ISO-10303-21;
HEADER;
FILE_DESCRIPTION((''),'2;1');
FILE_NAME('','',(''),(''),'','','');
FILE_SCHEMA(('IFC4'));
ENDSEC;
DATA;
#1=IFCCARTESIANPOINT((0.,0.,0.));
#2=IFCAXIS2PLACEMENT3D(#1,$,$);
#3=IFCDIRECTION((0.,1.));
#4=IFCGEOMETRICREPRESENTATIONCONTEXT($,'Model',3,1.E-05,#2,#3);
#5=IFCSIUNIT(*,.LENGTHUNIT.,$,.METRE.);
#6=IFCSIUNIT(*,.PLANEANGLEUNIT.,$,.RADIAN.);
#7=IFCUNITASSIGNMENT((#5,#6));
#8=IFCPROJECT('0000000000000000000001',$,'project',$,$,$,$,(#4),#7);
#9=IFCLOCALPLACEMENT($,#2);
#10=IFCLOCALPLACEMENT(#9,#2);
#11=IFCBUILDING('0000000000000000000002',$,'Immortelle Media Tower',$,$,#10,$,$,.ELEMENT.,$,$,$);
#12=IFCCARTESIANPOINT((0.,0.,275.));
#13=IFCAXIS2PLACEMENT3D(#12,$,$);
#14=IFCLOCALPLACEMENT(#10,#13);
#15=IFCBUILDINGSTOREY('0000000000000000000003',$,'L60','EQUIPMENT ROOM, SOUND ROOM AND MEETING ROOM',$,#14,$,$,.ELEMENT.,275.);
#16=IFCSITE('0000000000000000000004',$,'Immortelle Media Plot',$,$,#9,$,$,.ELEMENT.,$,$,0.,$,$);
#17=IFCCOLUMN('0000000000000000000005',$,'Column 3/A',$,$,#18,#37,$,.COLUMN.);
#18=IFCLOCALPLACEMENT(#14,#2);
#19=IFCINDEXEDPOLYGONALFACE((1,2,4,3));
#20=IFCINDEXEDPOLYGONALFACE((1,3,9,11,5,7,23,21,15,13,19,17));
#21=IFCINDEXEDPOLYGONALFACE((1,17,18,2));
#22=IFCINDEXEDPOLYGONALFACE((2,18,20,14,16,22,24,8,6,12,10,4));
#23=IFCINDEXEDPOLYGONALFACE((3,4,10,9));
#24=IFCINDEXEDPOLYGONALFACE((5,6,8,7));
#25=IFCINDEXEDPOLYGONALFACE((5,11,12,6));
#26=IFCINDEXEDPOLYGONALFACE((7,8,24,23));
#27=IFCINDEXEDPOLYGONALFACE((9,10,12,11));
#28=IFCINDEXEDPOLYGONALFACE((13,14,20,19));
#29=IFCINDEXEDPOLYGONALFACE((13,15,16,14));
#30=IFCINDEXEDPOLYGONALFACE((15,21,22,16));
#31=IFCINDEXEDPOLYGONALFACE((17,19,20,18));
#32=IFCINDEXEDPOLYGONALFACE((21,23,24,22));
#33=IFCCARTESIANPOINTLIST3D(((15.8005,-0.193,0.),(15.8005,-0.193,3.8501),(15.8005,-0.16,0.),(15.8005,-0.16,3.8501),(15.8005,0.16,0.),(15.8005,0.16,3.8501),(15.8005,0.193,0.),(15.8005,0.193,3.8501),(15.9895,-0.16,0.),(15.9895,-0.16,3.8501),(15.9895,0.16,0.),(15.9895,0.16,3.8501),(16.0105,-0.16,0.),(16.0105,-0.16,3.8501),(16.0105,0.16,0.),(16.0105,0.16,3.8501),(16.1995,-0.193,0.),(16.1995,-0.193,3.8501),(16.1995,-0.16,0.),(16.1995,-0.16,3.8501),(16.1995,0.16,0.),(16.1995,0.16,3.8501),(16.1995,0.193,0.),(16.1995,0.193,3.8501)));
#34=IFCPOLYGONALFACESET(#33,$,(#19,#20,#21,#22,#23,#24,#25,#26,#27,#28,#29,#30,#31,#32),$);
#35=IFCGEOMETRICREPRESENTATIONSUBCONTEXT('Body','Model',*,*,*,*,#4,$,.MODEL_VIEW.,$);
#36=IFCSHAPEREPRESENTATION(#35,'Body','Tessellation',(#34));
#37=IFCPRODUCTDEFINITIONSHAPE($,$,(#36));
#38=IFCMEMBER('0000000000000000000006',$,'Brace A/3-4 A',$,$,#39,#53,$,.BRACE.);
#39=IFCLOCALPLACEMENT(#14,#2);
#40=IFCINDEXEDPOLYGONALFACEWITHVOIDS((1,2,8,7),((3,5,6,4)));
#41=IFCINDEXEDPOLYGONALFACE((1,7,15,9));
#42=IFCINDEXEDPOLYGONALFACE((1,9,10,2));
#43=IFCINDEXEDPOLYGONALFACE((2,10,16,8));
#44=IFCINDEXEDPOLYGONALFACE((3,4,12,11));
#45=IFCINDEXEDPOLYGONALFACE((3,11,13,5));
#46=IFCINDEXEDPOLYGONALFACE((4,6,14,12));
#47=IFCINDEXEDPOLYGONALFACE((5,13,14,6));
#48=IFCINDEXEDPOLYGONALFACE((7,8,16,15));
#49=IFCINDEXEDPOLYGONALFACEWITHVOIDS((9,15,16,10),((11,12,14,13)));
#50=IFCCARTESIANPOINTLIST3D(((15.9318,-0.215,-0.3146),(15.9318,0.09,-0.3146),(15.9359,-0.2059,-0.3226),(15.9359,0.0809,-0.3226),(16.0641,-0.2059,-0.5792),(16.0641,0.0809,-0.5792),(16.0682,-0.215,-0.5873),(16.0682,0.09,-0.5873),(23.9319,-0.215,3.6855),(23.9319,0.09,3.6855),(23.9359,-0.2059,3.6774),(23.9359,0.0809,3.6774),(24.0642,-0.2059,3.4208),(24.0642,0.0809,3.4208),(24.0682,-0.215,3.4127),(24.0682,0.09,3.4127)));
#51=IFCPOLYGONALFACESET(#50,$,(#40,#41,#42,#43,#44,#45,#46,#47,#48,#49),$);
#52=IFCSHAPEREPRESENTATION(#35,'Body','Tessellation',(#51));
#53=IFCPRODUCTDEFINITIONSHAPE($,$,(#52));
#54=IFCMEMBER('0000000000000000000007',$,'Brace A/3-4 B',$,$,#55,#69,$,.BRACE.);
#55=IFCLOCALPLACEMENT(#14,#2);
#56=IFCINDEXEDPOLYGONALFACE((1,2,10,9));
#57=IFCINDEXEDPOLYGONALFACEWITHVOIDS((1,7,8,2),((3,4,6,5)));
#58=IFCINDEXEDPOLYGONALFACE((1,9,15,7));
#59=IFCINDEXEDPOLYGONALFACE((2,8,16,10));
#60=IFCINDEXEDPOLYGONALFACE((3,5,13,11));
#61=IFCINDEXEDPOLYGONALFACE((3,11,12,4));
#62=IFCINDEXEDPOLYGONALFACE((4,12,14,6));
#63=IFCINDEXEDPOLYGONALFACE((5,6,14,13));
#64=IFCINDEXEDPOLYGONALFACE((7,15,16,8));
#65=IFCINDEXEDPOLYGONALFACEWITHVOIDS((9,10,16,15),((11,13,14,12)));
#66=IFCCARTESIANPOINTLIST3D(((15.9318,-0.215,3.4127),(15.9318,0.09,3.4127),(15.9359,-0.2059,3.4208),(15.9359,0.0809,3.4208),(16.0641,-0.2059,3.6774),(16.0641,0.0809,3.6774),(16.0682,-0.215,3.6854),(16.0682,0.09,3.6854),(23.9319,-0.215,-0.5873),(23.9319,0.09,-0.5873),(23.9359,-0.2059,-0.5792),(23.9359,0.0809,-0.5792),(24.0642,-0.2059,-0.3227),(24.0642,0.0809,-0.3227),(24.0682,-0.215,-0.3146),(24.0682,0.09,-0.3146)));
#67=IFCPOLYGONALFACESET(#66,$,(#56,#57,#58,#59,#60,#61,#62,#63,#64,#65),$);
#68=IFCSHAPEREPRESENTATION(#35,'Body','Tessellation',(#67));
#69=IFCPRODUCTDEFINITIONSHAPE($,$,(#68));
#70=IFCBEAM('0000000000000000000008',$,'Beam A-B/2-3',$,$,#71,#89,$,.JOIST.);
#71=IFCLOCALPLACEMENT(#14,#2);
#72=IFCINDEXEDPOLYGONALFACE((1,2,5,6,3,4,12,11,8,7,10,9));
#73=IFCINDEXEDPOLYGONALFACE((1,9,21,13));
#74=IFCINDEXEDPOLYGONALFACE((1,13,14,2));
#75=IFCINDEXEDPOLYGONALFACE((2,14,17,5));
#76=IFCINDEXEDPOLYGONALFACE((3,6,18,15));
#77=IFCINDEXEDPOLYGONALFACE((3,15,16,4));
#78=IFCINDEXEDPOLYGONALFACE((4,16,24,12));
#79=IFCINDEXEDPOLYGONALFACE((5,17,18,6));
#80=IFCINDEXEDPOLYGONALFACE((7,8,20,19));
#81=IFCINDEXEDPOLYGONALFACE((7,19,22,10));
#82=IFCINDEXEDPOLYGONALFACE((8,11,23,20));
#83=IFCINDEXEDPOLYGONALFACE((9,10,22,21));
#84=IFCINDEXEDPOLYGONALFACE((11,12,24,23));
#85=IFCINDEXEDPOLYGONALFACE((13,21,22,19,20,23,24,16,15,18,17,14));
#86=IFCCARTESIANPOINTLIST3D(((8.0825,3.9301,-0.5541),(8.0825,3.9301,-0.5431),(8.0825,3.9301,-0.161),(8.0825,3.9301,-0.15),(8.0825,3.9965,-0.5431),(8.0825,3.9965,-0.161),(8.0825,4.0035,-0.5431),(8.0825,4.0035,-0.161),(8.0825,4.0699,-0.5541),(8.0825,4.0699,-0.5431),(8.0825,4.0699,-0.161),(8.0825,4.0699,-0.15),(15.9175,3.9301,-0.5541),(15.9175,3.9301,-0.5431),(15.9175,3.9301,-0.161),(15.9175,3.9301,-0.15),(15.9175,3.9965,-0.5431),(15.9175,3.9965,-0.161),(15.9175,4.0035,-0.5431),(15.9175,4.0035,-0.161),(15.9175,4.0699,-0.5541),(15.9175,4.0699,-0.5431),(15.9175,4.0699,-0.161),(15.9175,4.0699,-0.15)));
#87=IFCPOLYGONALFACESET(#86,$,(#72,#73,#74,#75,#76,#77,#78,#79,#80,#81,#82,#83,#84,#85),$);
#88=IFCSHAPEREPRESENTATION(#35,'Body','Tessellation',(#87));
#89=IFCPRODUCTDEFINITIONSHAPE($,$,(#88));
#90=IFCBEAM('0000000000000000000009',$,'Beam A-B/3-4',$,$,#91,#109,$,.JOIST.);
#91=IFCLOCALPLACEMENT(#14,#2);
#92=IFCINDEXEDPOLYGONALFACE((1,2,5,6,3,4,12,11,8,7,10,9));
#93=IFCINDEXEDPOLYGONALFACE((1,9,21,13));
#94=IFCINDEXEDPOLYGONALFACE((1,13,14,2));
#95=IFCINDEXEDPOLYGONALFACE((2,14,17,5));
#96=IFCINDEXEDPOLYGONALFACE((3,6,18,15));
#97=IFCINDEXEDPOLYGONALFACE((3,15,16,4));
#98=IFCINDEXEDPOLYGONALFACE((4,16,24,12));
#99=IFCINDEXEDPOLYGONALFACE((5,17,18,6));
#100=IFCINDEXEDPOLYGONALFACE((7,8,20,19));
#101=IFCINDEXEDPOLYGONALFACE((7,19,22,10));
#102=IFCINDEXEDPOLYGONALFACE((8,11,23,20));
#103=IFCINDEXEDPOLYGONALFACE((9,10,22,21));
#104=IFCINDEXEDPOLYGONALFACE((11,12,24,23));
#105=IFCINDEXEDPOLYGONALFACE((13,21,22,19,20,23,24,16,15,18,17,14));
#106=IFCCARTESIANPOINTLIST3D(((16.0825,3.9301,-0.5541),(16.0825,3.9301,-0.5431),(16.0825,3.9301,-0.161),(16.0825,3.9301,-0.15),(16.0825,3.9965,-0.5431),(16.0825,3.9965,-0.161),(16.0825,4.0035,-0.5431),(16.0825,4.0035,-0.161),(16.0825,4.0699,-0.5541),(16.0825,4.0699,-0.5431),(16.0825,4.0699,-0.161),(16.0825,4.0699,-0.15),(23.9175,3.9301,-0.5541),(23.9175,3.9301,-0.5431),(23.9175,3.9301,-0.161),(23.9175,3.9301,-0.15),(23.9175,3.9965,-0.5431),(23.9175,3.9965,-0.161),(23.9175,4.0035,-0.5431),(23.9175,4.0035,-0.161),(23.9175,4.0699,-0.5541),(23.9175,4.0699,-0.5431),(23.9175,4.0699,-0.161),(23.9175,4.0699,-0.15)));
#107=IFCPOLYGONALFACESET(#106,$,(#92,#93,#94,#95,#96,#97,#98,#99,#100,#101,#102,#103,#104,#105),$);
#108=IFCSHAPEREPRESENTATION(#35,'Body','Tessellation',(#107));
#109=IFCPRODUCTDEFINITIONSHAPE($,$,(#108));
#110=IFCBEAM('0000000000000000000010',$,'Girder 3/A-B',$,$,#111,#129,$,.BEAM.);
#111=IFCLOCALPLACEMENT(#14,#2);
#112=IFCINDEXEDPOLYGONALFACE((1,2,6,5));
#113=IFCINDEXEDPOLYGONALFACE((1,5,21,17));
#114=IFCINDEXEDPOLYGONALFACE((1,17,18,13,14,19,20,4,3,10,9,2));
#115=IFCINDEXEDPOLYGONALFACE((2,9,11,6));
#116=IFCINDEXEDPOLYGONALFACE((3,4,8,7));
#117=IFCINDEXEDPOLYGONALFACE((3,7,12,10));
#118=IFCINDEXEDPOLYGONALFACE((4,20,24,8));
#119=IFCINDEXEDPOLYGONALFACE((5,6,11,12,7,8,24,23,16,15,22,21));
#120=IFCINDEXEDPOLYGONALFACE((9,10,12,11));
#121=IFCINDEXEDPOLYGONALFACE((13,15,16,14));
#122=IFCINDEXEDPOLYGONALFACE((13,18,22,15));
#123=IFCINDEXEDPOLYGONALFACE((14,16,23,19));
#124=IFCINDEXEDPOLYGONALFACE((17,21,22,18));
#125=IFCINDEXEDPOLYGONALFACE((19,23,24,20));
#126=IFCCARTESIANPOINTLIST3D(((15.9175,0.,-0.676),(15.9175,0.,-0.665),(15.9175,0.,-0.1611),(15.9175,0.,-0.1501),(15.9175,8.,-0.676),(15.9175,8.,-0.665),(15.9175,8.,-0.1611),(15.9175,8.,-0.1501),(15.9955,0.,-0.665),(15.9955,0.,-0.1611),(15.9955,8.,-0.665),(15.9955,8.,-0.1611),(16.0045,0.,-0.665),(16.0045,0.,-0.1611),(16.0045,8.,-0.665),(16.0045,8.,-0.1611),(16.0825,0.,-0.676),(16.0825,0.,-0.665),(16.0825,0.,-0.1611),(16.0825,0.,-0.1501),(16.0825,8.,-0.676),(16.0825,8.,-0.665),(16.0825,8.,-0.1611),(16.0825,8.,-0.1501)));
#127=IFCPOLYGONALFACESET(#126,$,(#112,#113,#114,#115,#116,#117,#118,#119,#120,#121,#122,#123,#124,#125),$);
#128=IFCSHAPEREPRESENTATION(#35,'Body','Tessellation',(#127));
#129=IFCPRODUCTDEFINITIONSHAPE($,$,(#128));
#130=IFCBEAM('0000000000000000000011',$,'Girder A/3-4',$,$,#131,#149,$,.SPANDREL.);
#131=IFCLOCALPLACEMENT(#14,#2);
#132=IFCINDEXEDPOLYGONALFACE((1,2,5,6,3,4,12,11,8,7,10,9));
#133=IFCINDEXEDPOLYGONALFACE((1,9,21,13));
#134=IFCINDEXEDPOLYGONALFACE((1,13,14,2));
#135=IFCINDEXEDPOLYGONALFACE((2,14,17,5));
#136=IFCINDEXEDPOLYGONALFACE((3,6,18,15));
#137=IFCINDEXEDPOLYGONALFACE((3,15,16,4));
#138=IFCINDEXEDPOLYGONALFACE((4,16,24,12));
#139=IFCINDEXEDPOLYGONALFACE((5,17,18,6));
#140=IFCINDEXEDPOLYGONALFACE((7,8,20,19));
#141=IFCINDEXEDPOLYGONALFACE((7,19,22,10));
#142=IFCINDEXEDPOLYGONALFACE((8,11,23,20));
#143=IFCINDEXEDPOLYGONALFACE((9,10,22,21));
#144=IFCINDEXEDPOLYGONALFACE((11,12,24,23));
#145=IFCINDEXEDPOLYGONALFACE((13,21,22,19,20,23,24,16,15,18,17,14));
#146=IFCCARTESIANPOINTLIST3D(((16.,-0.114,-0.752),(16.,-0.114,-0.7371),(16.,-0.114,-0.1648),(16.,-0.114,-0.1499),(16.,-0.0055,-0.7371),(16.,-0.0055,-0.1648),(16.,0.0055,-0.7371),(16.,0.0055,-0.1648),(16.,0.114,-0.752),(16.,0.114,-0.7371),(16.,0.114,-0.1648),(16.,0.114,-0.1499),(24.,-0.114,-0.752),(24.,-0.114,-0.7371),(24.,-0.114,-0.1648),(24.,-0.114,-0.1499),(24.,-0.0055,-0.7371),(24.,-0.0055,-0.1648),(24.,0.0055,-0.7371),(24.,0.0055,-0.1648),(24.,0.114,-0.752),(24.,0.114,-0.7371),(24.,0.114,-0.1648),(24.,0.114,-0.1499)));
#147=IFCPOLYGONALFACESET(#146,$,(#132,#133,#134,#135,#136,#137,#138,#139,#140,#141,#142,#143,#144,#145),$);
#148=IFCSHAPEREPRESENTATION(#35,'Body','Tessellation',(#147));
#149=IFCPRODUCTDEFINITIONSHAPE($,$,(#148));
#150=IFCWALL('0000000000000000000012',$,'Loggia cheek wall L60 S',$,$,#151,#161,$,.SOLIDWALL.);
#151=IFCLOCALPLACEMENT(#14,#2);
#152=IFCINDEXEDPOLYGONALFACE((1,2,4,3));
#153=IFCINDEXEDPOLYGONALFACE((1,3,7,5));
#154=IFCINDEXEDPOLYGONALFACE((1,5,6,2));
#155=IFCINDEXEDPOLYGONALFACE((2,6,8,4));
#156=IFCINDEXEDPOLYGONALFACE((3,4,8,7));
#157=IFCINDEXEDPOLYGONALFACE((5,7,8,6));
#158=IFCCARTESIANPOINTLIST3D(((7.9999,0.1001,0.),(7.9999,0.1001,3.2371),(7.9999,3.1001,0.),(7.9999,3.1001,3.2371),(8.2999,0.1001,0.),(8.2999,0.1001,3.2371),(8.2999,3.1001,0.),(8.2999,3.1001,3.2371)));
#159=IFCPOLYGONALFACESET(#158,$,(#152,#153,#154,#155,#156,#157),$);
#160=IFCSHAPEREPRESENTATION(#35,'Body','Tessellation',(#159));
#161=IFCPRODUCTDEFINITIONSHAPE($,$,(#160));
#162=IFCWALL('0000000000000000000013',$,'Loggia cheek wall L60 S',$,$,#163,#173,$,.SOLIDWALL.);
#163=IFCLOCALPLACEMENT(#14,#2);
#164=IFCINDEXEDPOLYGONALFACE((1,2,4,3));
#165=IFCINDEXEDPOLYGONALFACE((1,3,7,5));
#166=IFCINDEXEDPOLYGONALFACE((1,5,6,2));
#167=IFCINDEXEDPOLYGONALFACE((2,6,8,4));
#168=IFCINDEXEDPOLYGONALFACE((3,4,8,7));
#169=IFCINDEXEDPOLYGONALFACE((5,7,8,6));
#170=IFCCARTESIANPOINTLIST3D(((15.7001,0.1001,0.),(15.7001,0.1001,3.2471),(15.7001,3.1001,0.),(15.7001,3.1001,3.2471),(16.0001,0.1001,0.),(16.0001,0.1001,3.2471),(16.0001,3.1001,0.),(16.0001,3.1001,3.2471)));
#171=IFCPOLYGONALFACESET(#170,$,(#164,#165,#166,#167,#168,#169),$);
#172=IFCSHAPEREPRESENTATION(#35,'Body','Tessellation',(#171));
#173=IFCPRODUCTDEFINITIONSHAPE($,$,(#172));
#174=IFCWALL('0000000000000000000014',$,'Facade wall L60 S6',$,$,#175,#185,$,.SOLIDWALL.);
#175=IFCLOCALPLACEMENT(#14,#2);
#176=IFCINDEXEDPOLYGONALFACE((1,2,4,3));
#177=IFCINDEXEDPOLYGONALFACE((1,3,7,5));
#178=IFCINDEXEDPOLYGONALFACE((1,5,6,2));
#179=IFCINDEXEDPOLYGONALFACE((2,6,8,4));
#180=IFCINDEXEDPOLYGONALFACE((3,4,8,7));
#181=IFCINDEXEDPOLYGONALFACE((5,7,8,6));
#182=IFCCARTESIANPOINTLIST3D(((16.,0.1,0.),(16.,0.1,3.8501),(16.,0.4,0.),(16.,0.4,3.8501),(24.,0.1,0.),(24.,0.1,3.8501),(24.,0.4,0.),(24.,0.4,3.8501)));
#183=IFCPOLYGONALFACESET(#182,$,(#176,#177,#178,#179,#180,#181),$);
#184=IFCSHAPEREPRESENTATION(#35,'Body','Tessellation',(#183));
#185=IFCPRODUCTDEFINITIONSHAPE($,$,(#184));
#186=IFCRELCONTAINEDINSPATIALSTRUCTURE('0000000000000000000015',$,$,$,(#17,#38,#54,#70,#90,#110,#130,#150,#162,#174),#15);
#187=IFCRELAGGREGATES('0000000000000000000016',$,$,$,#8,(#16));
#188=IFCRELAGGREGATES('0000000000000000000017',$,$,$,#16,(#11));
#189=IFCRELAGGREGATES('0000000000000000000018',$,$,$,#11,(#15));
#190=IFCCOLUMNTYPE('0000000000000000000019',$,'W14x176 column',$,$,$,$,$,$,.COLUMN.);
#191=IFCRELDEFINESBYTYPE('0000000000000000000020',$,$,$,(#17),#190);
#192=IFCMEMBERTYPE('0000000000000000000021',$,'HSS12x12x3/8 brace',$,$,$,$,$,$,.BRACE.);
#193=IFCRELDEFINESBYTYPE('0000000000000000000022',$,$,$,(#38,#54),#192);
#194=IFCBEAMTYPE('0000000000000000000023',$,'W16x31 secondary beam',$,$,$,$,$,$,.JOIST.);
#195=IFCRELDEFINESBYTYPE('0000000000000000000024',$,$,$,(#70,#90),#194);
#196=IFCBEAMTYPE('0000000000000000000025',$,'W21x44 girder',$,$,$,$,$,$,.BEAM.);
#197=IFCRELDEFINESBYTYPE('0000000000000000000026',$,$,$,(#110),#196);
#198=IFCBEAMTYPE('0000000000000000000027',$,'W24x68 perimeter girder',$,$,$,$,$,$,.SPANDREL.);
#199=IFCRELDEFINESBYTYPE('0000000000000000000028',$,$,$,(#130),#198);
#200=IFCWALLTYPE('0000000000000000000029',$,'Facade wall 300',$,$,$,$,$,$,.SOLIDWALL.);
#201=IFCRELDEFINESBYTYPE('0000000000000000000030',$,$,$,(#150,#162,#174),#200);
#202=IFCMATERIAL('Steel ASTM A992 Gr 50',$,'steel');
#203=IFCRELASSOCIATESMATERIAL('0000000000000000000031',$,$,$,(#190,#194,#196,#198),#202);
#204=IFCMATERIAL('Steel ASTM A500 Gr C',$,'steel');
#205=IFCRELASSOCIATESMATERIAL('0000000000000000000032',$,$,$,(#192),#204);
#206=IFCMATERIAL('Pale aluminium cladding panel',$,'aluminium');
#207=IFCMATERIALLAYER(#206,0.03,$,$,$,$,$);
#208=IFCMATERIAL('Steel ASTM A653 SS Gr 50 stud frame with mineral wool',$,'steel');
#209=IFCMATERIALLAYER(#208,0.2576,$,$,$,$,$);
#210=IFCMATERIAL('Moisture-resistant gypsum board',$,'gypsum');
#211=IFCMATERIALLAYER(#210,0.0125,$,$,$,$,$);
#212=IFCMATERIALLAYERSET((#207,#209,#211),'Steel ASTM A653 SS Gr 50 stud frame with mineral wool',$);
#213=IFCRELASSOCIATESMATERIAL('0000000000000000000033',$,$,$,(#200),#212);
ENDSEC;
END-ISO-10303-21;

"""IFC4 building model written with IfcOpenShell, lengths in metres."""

from ifc_helpers import new_model, si_unit, direction, frame, frame_2d, origin, origin_2d, place, context, subcontext, project, spatial, rectangle, hollow_rectangle, i_section, extrude, material, layer, layer_set, material_profile, profile_set, type_object, element, save


model = new_model("IFC4")

# Units and contexts
model_context = context("Model", 3, precision=1e-05, world=origin(), true_north=direction((0.0, 1.0)))
body_context = subcontext(model_context, "Body", "Model", "MODEL_VIEW")
ifc_project = project(units=[si_unit("LENGTHUNIT", "METRE"), si_unit("PLANEANGLEUNIT", "RADIAN")], contexts=[model_context])

# Site, building, storey
site_placement = place(None, origin())
site = spatial("IfcSite", under=ifc_project, at=site_placement, Name="Immortelle Media Plot", CompositionType="ELEMENT", RefElevation=0.0)
building_placement = place(site_placement, origin())
building = spatial("IfcBuilding", under=site, at=building_placement, Name="Immortelle Media Tower", CompositionType="ELEMENT")
storey_placement = place(building_placement, frame((0.0, 0.0, 275.0)))
storey = spatial("IfcBuildingStorey", under=building, at=storey_placement, Name="L60", Description="EQUIPMENT ROOM, SOUND ROOM AND MEETING ROOM", CompositionType="ELEMENT", Elevation=275.0)

# Column
ifc_material_1 = material(Name="Steel ASTM A992 Gr 50", Category="steel")
ifc_material_profile_1 = material_profile(ifc_material_1, i_section(OverallWidth=0.3989, OverallDepth=0.386, WebThickness=0.021, FlangeThickness=0.033, at=origin_2d()), Name="W14x176")
ifc_profile_set_1 = profile_set([ifc_material_profile_1], Name="Steel ASTM A992 Gr 50")
column_type = type_object("IfcColumnType", Name="W14x176 column", PredefinedType="COLUMN", material=ifc_profile_set_1)
column_placement = place(storey_placement, frame((16.0, 0.0, 0.0), z_axis=(0.0, 0.0, 1.0), x_axis=(1.0, 0.0, 0.0)))
element("IfcColumn", 1, at=column_placement, inside=storey, type_object=column_type, Name="Column 3/A", PredefinedType="COLUMN", context=body_context, shape_type="SweptSolid", body=[
    extrude(i_section(OverallWidth=0.3989, OverallDepth=0.386, WebThickness=0.021, FlangeThickness=0.033, at=origin_2d()), origin(), (0.0, 0.0, 1.0), 3.8501),
])

# Members
ifc_material_2 = material(Name="Steel ASTM A500 Gr C", Category="steel")
ifc_material_profile_2 = material_profile(ifc_material_2, hollow_rectangle(XDim=0.3049, YDim=0.3049, WallThickness=0.009, at=origin_2d()), Name="HSS12x12x3/8 brace")
ifc_profile_set_2 = profile_set([ifc_material_profile_2], Name="Steel ASTM A500 Gr C")
member_type = type_object("IfcMemberType", Name="HSS12x12x3/8 brace", PredefinedType="BRACE", material=ifc_profile_set_2)
for number, where, z_axis, x_axis, name in (
    (2, (16.0, -0.0625, -0.4509), (0.894427, 0.0, 0.447214), (0.0, 1.0, 0.0), "Brace A/3-4 A"),
    (3, (16.0, -0.0625, 3.5491), (0.894427, 0.0, -0.447214), (0.0, 1.0, 0.0), "Brace A/3-4 B"),
):
    element("IfcMember", number, at=place(storey_placement, frame(where, z_axis=z_axis, x_axis=x_axis)), inside=storey, type_object=member_type, Name=name, PredefinedType="BRACE", context=body_context, shape_type="SweptSolid", body=[
        extrude(hollow_rectangle(XDim=0.3049, YDim=0.3049, WallThickness=0.009, at=origin_2d()), origin(), (0.0, 0.0, 1.0), 8.9443),
    ])

# Beams
ifc_material_profile_3 = material_profile(ifc_material_1, i_section(OverallWidth=0.1399, OverallDepth=0.4041, WebThickness=0.0071, FlangeThickness=0.011, at=origin_2d()), Name="W16x31")
ifc_profile_set_3 = profile_set([ifc_material_profile_3], Name="Steel ASTM A992 Gr 50")
beam_type_1 = type_object("IfcBeamType", Name="W16x31 secondary beam", PredefinedType="JOIST", material=ifc_profile_set_3)
for number, where, z_axis, x_axis, name in (
    (4, (8.0825, 4.0, -0.3521), (1.0, 0.0, 0.0), (0.0, 1.0, 0.0), "Beam A-B/2-3"),
    (5, (16.0825, 4.0, -0.3521), (1.0, 0.0, 0.0), (0.0, 1.0, 0.0), "Beam A-B/3-4"),
):
    element("IfcBeam", number, at=place(storey_placement, frame(where, z_axis=z_axis, x_axis=x_axis)), inside=storey, type_object=beam_type_1, Name=name, PredefinedType="JOIST", context=body_context, shape_type="SweptSolid", body=[
        extrude(i_section(OverallWidth=0.1399, OverallDepth=0.4041, WebThickness=0.0071, FlangeThickness=0.011, at=origin_2d()), origin(), (0.0, 0.0, 1.0), 7.835),
    ])
ifc_material_profile_4 = material_profile(ifc_material_1, i_section(OverallWidth=0.165, OverallDepth=0.5259, WebThickness=0.009, FlangeThickness=0.011, at=origin_2d()), Name="W21x44")
ifc_profile_set_4 = profile_set([ifc_material_profile_4], Name="Steel ASTM A992 Gr 50")
beam_type_2 = type_object("IfcBeamType", Name="W21x44 girder", PredefinedType="BEAM", material=ifc_profile_set_4)
beam_1_placement = place(storey_placement, frame((16.0, 0.0, -0.4131), z_axis=(0.0, 1.0, 0.0), x_axis=(-1.0, 0.0, 0.0)))
element("IfcBeam", 6, at=beam_1_placement, inside=storey, type_object=beam_type_2, Name="Girder 3/A-B", PredefinedType="BEAM", context=body_context, shape_type="SweptSolid", body=[
    extrude(i_section(OverallWidth=0.165, OverallDepth=0.5259, WebThickness=0.009, FlangeThickness=0.011, at=origin_2d()), origin(), (0.0, 0.0, 1.0), 8.0),
])
ifc_material_profile_5 = material_profile(ifc_material_1, i_section(OverallWidth=0.228, OverallDepth=0.6021, WebThickness=0.011, FlangeThickness=0.0149, at=origin_2d()), Name="W24x68")
ifc_profile_set_5 = profile_set([ifc_material_profile_5], Name="Steel ASTM A992 Gr 50")
beam_type_3 = type_object("IfcBeamType", Name="W24x68 perimeter girder", PredefinedType="SPANDREL", material=ifc_profile_set_5)
beam_2_placement = place(storey_placement, frame((16.0, 0.0, -0.4509), z_axis=(1.0, 0.0, 0.0), x_axis=(0.0, 1.0, 0.0)))
element("IfcBeam", 7, at=beam_2_placement, inside=storey, type_object=beam_type_3, Name="Girder A/3-4", PredefinedType="SPANDREL", context=body_context, shape_type="SweptSolid", body=[
    extrude(i_section(OverallWidth=0.228, OverallDepth=0.6021, WebThickness=0.011, FlangeThickness=0.0149, at=origin_2d()), origin(), (0.0, 0.0, 1.0), 8.0),
])

# Shared definitions
ifc_material_3 = material(Name="Pale aluminium cladding panel", Category="aluminium")
ifc_layer_1 = layer(ifc_material_3, 0.03)
ifc_material_4 = material(Name="Steel ASTM A653 SS Gr 50 stud frame with mineral wool", Category="steel")
ifc_layer_2 = layer(ifc_material_4, 0.2576)
ifc_material_5 = material(Name="Moisture-resistant gypsum board", Category="gypsum")
ifc_layer_3 = layer(ifc_material_5, 0.0125)
ifc_layer_set_1 = layer_set([ifc_layer_1, ifc_layer_2, ifc_layer_3], Name="Steel ASTM A653 SS Gr 50 stud frame with mineral wool")
wall_type_1 = type_object("IfcWallType", Name="Facade wall 300", PredefinedType="SOLIDWALL", material=ifc_layer_set_1)

# Walls
wall_1_placement = place(storey_placement, frame((8.1499, 0.1001, 0.0), z_axis=(0.0, 0.0, 1.0), x_axis=(0.0, 1.0, 0.0)))
element("IfcWall", 8, at=wall_1_placement, inside=storey, type_object=wall_type_1, Name="Loggia cheek wall L60 S", PredefinedType="SOLIDWALL", context=body_context, shape_type="SweptSolid", body=[
    extrude(rectangle(XDim=3.0, YDim=0.3, at=frame_2d((1.5, 0.0))), origin(), (0.0, 0.0, 1.0), 3.2371),
])
wall_2_placement = place(storey_placement, frame((15.8501, 0.1001, 0.0), z_axis=(0.0, 0.0, 1.0), x_axis=(0.0, 1.0, 0.0)))
element("IfcWall", 9, at=wall_2_placement, inside=storey, type_object=wall_type_1, Name="Loggia cheek wall L60 S", PredefinedType="SOLIDWALL", context=body_context, shape_type="SweptSolid", body=[
    extrude(rectangle(XDim=3.0, YDim=0.3, at=frame_2d((1.5, 0.0))), origin(), (0.0, 0.0, 1.0), 3.2471),
])
wall_3_placement = place(storey_placement, frame((16.0, 0.25, 0.0), z_axis=(0.0, 0.0, 1.0), x_axis=(1.0, 0.0, 0.0)))
element("IfcWall", 10, at=wall_3_placement, inside=storey, type_object=wall_type_1, Name="Facade wall L60 S6", PredefinedType="SOLIDWALL", context=body_context, shape_type="SweptSolid", body=[
    extrude(rectangle(XDim=8.0, YDim=0.3, at=frame_2d((4.0, 0.0))), origin(), (0.0, 0.0, 1.0), 3.8501),
])

save(model, "model.ifc")
